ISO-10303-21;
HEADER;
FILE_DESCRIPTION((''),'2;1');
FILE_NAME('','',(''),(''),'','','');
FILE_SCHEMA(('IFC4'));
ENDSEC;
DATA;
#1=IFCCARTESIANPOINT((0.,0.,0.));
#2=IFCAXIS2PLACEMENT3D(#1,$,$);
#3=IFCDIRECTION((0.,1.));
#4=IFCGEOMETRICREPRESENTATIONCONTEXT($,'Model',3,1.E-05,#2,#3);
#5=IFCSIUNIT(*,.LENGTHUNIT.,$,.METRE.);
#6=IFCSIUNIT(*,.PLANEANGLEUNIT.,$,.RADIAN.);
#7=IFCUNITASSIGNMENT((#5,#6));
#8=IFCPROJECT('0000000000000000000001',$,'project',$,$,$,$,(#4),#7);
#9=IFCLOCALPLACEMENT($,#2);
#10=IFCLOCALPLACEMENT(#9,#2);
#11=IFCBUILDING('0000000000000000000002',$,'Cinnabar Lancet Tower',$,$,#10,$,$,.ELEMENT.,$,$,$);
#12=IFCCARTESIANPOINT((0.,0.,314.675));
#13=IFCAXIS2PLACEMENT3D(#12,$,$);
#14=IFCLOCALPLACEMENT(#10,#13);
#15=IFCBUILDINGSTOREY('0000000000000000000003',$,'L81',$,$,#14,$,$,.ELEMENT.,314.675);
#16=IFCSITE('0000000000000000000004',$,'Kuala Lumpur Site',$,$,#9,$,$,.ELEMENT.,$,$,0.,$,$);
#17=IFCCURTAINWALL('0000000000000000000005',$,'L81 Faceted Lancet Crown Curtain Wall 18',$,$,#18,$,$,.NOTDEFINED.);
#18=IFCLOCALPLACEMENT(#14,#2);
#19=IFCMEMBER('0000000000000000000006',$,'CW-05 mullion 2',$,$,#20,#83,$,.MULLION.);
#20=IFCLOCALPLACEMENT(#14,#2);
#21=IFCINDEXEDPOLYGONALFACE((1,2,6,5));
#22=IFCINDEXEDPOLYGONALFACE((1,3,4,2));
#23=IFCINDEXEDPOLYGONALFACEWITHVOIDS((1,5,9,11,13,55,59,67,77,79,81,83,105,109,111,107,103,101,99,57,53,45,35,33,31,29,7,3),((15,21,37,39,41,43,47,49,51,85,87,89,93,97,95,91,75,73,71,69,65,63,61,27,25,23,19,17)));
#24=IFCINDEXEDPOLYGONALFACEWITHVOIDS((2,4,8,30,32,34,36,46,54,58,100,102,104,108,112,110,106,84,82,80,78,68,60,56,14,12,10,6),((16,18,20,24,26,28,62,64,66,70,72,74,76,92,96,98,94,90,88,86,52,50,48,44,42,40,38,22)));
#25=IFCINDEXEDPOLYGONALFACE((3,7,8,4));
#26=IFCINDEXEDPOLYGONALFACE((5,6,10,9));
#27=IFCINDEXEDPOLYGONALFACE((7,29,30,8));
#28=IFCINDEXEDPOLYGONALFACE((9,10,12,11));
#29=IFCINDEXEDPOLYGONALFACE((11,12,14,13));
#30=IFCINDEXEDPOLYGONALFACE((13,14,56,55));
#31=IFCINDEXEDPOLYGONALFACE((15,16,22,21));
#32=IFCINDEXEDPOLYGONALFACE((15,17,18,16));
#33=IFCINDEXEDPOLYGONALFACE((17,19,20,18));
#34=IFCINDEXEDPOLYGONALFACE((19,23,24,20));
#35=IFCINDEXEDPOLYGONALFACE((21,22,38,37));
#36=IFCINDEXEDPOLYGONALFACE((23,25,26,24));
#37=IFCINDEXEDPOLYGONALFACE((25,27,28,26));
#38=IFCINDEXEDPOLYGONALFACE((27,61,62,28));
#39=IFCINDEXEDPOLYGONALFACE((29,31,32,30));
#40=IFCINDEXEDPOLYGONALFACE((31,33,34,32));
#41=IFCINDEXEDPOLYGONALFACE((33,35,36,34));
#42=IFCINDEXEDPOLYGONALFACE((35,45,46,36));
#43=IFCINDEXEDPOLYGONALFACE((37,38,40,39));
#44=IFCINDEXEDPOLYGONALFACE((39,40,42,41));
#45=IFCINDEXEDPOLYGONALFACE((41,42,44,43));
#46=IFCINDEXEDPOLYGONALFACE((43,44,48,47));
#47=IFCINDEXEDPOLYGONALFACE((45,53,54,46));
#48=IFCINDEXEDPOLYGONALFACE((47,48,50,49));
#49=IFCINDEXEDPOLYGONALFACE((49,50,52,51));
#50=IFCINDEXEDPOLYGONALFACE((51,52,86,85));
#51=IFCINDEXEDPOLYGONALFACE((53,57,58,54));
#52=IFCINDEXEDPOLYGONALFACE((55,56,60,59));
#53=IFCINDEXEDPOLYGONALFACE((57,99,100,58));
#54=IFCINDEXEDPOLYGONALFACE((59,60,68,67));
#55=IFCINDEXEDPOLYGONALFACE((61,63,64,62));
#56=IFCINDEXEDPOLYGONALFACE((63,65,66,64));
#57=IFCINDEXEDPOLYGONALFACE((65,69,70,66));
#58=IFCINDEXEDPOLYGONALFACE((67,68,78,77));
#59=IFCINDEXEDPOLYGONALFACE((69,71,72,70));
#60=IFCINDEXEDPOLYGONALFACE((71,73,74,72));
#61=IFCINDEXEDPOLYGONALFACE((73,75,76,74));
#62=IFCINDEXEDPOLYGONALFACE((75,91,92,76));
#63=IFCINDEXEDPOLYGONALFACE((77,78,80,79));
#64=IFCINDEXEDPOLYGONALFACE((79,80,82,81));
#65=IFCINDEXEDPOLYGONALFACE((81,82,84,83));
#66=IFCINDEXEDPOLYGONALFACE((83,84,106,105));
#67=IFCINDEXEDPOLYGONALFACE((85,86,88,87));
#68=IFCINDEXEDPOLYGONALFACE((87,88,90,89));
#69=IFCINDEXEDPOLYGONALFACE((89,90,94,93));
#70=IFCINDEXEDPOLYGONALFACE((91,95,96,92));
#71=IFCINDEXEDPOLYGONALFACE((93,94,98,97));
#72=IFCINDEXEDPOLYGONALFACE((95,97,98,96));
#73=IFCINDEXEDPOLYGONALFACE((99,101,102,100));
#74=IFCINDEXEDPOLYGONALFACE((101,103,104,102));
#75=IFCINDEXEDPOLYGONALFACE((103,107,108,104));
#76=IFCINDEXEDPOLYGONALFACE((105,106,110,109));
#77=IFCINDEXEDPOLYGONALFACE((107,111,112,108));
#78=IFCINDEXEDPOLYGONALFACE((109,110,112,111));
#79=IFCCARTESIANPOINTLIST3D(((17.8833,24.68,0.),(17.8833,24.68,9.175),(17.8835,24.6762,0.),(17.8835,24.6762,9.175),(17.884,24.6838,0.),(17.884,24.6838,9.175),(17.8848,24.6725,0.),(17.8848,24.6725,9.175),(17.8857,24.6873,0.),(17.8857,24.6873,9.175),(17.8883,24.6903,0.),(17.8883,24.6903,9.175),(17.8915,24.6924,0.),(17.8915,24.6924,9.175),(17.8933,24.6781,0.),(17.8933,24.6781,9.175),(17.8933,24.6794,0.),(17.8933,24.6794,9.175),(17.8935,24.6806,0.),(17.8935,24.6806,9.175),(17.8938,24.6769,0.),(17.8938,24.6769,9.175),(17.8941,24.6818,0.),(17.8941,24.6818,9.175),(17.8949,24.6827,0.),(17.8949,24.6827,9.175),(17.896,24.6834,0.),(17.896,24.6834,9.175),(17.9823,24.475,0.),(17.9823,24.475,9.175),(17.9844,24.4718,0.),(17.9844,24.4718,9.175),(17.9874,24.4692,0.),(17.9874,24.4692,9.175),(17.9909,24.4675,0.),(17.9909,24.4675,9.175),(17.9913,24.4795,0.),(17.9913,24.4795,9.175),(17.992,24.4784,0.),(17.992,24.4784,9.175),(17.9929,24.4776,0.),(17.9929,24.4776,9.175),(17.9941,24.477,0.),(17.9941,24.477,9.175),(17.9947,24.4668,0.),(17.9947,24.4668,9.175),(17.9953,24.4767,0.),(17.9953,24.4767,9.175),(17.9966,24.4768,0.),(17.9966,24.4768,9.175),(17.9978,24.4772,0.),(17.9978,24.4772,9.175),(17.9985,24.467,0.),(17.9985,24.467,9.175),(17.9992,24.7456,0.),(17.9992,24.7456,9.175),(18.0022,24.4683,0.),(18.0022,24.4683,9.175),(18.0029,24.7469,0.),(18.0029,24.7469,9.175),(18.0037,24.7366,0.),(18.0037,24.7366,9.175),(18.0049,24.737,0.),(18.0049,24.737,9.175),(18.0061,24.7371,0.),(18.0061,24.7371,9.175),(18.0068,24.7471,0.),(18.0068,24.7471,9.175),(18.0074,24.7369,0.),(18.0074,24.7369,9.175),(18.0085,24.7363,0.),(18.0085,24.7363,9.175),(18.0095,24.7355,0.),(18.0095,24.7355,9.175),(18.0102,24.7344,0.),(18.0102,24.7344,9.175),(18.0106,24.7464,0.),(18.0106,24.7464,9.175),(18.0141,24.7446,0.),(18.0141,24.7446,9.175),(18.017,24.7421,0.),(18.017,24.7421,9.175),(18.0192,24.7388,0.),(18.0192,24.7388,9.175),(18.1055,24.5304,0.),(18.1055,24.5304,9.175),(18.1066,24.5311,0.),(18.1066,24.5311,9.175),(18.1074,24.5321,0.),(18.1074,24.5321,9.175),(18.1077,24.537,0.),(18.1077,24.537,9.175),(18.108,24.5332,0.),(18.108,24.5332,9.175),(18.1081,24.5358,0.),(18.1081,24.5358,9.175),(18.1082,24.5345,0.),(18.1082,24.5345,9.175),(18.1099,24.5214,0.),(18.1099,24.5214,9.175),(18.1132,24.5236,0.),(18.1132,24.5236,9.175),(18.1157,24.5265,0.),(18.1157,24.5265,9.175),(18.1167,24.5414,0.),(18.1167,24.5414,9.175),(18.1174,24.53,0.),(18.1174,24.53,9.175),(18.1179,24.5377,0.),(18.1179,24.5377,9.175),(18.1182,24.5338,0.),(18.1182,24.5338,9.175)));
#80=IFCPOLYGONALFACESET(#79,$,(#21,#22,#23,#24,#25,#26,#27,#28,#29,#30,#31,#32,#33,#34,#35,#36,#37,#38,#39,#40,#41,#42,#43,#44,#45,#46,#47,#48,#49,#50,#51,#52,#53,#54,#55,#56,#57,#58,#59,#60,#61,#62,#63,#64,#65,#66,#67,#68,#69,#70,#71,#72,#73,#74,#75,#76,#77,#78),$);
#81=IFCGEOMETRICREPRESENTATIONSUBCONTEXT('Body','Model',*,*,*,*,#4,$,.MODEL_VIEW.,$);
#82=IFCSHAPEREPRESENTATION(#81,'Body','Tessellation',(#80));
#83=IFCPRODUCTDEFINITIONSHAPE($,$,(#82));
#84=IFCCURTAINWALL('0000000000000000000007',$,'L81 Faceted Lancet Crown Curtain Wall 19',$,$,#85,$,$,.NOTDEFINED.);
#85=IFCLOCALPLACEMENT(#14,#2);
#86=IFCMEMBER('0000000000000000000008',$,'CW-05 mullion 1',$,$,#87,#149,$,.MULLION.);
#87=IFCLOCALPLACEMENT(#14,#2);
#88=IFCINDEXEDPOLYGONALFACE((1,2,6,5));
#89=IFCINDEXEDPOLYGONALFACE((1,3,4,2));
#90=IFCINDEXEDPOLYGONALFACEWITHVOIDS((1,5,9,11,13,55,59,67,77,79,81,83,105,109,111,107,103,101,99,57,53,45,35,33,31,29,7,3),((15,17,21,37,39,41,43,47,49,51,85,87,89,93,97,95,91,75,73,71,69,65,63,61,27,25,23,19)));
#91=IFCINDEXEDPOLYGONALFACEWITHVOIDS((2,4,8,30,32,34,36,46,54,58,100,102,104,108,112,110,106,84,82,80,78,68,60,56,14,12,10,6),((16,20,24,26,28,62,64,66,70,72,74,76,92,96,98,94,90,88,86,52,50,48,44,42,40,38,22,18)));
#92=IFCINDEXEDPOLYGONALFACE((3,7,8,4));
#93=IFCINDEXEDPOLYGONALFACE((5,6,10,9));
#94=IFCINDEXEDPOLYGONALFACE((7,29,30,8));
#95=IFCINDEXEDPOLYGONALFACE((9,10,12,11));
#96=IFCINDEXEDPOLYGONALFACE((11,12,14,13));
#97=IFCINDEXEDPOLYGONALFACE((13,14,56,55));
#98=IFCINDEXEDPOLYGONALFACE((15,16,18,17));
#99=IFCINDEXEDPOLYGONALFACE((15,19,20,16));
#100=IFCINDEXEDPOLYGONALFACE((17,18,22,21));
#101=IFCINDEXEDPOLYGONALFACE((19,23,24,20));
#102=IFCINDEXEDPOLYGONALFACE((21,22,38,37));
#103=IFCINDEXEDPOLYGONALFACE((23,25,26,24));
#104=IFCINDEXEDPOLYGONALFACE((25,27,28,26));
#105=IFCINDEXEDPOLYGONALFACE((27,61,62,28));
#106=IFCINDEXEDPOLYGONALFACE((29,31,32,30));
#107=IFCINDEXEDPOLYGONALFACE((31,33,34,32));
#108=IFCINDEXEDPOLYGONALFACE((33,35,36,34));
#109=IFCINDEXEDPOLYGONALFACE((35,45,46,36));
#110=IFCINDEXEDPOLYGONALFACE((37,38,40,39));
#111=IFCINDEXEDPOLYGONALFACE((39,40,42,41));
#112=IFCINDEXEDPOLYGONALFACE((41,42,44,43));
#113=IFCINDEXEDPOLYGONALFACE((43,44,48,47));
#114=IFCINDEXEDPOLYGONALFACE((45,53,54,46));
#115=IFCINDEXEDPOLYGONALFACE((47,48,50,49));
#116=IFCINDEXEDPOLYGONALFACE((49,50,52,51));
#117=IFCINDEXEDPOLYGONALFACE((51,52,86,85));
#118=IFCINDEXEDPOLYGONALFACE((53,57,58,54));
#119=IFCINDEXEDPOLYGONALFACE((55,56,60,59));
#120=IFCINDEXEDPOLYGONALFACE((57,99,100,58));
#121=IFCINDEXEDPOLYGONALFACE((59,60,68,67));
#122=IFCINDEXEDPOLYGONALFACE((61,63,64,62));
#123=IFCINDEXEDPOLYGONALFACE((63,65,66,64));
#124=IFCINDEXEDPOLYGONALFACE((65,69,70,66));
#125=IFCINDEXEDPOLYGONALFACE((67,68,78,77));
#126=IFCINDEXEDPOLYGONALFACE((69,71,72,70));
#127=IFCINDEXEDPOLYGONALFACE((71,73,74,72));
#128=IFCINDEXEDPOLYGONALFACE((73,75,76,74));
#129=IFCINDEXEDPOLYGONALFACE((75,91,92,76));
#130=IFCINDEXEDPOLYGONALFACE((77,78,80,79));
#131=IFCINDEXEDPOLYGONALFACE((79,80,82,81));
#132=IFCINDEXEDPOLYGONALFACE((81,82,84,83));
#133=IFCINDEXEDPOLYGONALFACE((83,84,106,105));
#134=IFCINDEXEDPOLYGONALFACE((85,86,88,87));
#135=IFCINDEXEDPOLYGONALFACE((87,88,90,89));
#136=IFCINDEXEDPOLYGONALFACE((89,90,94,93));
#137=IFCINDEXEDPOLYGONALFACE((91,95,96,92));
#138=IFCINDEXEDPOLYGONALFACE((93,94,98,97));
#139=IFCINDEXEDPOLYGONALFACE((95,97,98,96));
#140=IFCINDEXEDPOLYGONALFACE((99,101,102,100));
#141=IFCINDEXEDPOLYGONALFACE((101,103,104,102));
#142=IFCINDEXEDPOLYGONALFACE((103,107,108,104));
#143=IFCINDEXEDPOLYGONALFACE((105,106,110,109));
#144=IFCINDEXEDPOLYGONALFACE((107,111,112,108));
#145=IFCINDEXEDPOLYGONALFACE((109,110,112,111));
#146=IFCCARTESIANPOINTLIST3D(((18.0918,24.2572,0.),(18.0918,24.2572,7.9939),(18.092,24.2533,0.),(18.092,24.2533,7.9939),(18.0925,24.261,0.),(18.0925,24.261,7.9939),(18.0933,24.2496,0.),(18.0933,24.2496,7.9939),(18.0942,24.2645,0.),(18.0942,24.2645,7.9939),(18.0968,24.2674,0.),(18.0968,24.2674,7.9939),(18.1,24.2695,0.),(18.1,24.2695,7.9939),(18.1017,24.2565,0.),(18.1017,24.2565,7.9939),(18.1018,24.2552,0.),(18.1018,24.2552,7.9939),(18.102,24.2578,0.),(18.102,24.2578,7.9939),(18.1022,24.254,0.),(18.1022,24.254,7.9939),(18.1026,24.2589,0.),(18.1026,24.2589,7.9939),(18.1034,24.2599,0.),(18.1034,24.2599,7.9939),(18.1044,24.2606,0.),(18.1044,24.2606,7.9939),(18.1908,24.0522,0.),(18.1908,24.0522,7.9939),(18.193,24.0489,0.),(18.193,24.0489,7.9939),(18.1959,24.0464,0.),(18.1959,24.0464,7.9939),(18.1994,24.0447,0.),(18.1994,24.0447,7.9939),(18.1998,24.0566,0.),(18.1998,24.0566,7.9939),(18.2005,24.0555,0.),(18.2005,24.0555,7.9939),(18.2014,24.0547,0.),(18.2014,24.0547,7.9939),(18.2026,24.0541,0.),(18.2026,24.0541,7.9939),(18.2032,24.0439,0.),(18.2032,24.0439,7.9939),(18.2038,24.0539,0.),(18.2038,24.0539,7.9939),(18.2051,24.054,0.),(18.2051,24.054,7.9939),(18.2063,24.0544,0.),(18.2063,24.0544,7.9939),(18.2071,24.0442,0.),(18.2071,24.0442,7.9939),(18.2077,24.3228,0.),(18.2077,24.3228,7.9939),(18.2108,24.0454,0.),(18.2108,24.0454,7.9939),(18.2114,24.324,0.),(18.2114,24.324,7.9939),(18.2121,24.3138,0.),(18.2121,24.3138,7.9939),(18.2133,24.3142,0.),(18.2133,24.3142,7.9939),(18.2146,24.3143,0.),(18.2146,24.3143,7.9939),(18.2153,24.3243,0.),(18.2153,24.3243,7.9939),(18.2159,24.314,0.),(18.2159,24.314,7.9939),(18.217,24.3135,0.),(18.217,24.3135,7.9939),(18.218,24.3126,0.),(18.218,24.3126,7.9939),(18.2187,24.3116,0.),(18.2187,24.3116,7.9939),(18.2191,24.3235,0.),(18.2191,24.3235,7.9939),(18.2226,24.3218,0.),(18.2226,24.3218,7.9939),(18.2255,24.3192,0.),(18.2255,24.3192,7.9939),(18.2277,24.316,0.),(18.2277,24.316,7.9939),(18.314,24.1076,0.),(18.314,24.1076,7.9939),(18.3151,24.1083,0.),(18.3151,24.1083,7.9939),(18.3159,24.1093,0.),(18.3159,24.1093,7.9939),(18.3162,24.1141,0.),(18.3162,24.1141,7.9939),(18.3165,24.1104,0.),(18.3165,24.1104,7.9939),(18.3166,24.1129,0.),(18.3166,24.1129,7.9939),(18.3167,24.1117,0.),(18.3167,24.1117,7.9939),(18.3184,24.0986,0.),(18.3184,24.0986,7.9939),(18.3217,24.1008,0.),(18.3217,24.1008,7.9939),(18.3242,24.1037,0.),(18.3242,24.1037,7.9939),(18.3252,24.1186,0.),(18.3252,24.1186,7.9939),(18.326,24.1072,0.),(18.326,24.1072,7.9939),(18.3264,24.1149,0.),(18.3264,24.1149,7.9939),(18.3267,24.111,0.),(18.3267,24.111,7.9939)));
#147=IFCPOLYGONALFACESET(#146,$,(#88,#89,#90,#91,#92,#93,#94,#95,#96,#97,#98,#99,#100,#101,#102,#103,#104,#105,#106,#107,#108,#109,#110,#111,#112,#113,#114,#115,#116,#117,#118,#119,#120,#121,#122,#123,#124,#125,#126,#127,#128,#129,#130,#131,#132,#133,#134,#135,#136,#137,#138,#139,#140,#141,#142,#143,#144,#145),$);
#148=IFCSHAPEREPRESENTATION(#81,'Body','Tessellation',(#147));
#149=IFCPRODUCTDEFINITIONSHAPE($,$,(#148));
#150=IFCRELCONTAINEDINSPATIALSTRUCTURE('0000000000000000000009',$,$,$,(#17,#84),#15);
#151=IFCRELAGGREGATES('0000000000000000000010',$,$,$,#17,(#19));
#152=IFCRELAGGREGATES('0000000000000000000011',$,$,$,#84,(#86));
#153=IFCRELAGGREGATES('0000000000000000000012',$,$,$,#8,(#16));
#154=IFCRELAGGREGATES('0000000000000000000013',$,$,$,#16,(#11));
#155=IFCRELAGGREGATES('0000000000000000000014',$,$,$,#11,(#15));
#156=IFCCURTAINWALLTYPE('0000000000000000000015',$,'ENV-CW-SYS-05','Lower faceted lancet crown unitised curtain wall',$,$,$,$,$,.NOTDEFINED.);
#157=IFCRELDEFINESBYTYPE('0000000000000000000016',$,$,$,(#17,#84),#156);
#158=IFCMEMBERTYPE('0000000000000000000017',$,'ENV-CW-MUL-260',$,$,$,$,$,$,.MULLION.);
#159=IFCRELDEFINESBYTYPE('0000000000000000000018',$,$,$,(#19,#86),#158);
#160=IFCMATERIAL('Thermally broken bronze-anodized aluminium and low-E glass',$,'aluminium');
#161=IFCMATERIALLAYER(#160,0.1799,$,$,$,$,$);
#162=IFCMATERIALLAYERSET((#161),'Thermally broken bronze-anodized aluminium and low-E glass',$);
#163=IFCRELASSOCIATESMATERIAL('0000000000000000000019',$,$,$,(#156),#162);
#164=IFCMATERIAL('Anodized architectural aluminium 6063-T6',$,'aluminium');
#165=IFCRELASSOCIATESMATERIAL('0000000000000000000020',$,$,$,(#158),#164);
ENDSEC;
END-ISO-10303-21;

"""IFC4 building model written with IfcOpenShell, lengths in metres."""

from ifc_helpers import new_model, si_unit, direction, frame, origin, origin_2d, place, context, subcontext, project, spatial, hollow_rectangle, extrude, material, layer, layer_set, material_profile, profile_set, type_object, element, aggregate, save


model = new_model("IFC4")

# Units and contexts
model_context = context("Model", 3, precision=1e-05, world=origin(), true_north=direction((0.0, 1.0)))
body_context = subcontext(model_context, "Body", "Model", "MODEL_VIEW")
ifc_project = project(units=[si_unit("LENGTHUNIT", "METRE"), si_unit("PLANEANGLEUNIT", "RADIAN")], contexts=[model_context])

# Site, building, storey
site_placement = place(None, origin())
site = spatial("IfcSite", under=ifc_project, at=site_placement, Name="Kuala Lumpur Site", CompositionType="ELEMENT", RefElevation=0.0)
building_placement = place(site_placement, origin())
building = spatial("IfcBuilding", under=site, at=building_placement, Name="Cinnabar Lancet Tower", CompositionType="ELEMENT")
storey_placement = place(building_placement, frame((0.0, 0.0, 314.675)))
storey = spatial("IfcBuildingStorey", under=building, at=storey_placement, Name="L81", CompositionType="ELEMENT", Elevation=314.675)

# Shared definitions
ifc_material_1 = material(Name="Thermally broken bronze-anodized aluminium and low-E glass", Category="aluminium")
ifc_layer_1 = layer(ifc_material_1, 0.1799)
ifc_layer_set_1 = layer_set([ifc_layer_1], Name="Thermally broken bronze-anodized aluminium and low-E glass")
curtain_wall_type = type_object("IfcCurtainWallType", Name="ENV-CW-SYS-05", Description="Lower faceted lancet crown unitised curtain wall", PredefinedType="NOTDEFINED", material=ifc_layer_set_1)
ifc_material_2 = material(Name="Anodized architectural aluminium 6063-T6", Category="aluminium")
ifc_material_profile_1 = material_profile(ifc_material_2, hollow_rectangle(XDim=0.1499, YDim=0.25, WallThickness=0.01, InnerFilletRadius=0.0049, OuterFilletRadius=0.0149, at=origin_2d()), Name="RHS 250x150x10")
ifc_profile_set_1 = profile_set([ifc_material_profile_1], Name="Anodized architectural aluminium 6063-T6")
member_type_1 = type_object("IfcMemberType", Name="ENV-CW-MUL-260", PredefinedType="MULLION", material=ifc_profile_set_1)

# Curtain walls, members
curtain_wall_1_placement = place(storey_placement, origin())
curtain_wall_1 = element("IfcCurtainWall", 1, at=curtain_wall_1_placement, inside=storey, type_object=curtain_wall_type, Name="L81 Faceted Lancet Crown Curtain Wall 18", PredefinedType="NOTDEFINED")
member_1_placement = place(storey_placement, frame((18.0007, 24.6069, 0.0), z_axis=(0.0, 0.0, 1.0), x_axis=(0.896636, 0.442768, 0.0)))
member_1 = element("IfcMember", 2, at=member_1_placement, type_object=member_type_1, Name="CW-05 mullion 2", PredefinedType="MULLION", context=body_context, shape_type="SweptSolid", body=[
    extrude(hollow_rectangle(XDim=0.1499, YDim=0.25, WallThickness=0.01, InnerFilletRadius=0.0049, OuterFilletRadius=0.0149, at=origin_2d()), origin(), (0.0, 0.0, 1.0), 9.175),
])
curtain_wall_2_placement = place(storey_placement, origin())
curtain_wall_2 = element("IfcCurtainWall", 3, at=curtain_wall_2_placement, inside=storey, type_object=curtain_wall_type, Name="L81 Faceted Lancet Crown Curtain Wall 19", PredefinedType="NOTDEFINED")
member_2_placement = place(storey_placement, frame((18.2092, 24.1841, 0.0), z_axis=(0.0, 0.0, 1.0), x_axis=(0.896552, 0.442939, 0.0)))
member_2 = element("IfcMember", 4, at=member_2_placement, type_object=member_type_1, Name="CW-05 mullion 1", PredefinedType="MULLION", context=body_context, shape_type="SweptSolid", body=[
    extrude(hollow_rectangle(XDim=0.1499, YDim=0.25, WallThickness=0.01, InnerFilletRadius=0.0049, OuterFilletRadius=0.0149, at=origin_2d()), origin(), (0.0, 0.0, 1.0), 7.9939),
])

aggregate(curtain_wall_1, [member_1])
aggregate(curtain_wall_2, [member_2])

save(model, "model.ifc")
